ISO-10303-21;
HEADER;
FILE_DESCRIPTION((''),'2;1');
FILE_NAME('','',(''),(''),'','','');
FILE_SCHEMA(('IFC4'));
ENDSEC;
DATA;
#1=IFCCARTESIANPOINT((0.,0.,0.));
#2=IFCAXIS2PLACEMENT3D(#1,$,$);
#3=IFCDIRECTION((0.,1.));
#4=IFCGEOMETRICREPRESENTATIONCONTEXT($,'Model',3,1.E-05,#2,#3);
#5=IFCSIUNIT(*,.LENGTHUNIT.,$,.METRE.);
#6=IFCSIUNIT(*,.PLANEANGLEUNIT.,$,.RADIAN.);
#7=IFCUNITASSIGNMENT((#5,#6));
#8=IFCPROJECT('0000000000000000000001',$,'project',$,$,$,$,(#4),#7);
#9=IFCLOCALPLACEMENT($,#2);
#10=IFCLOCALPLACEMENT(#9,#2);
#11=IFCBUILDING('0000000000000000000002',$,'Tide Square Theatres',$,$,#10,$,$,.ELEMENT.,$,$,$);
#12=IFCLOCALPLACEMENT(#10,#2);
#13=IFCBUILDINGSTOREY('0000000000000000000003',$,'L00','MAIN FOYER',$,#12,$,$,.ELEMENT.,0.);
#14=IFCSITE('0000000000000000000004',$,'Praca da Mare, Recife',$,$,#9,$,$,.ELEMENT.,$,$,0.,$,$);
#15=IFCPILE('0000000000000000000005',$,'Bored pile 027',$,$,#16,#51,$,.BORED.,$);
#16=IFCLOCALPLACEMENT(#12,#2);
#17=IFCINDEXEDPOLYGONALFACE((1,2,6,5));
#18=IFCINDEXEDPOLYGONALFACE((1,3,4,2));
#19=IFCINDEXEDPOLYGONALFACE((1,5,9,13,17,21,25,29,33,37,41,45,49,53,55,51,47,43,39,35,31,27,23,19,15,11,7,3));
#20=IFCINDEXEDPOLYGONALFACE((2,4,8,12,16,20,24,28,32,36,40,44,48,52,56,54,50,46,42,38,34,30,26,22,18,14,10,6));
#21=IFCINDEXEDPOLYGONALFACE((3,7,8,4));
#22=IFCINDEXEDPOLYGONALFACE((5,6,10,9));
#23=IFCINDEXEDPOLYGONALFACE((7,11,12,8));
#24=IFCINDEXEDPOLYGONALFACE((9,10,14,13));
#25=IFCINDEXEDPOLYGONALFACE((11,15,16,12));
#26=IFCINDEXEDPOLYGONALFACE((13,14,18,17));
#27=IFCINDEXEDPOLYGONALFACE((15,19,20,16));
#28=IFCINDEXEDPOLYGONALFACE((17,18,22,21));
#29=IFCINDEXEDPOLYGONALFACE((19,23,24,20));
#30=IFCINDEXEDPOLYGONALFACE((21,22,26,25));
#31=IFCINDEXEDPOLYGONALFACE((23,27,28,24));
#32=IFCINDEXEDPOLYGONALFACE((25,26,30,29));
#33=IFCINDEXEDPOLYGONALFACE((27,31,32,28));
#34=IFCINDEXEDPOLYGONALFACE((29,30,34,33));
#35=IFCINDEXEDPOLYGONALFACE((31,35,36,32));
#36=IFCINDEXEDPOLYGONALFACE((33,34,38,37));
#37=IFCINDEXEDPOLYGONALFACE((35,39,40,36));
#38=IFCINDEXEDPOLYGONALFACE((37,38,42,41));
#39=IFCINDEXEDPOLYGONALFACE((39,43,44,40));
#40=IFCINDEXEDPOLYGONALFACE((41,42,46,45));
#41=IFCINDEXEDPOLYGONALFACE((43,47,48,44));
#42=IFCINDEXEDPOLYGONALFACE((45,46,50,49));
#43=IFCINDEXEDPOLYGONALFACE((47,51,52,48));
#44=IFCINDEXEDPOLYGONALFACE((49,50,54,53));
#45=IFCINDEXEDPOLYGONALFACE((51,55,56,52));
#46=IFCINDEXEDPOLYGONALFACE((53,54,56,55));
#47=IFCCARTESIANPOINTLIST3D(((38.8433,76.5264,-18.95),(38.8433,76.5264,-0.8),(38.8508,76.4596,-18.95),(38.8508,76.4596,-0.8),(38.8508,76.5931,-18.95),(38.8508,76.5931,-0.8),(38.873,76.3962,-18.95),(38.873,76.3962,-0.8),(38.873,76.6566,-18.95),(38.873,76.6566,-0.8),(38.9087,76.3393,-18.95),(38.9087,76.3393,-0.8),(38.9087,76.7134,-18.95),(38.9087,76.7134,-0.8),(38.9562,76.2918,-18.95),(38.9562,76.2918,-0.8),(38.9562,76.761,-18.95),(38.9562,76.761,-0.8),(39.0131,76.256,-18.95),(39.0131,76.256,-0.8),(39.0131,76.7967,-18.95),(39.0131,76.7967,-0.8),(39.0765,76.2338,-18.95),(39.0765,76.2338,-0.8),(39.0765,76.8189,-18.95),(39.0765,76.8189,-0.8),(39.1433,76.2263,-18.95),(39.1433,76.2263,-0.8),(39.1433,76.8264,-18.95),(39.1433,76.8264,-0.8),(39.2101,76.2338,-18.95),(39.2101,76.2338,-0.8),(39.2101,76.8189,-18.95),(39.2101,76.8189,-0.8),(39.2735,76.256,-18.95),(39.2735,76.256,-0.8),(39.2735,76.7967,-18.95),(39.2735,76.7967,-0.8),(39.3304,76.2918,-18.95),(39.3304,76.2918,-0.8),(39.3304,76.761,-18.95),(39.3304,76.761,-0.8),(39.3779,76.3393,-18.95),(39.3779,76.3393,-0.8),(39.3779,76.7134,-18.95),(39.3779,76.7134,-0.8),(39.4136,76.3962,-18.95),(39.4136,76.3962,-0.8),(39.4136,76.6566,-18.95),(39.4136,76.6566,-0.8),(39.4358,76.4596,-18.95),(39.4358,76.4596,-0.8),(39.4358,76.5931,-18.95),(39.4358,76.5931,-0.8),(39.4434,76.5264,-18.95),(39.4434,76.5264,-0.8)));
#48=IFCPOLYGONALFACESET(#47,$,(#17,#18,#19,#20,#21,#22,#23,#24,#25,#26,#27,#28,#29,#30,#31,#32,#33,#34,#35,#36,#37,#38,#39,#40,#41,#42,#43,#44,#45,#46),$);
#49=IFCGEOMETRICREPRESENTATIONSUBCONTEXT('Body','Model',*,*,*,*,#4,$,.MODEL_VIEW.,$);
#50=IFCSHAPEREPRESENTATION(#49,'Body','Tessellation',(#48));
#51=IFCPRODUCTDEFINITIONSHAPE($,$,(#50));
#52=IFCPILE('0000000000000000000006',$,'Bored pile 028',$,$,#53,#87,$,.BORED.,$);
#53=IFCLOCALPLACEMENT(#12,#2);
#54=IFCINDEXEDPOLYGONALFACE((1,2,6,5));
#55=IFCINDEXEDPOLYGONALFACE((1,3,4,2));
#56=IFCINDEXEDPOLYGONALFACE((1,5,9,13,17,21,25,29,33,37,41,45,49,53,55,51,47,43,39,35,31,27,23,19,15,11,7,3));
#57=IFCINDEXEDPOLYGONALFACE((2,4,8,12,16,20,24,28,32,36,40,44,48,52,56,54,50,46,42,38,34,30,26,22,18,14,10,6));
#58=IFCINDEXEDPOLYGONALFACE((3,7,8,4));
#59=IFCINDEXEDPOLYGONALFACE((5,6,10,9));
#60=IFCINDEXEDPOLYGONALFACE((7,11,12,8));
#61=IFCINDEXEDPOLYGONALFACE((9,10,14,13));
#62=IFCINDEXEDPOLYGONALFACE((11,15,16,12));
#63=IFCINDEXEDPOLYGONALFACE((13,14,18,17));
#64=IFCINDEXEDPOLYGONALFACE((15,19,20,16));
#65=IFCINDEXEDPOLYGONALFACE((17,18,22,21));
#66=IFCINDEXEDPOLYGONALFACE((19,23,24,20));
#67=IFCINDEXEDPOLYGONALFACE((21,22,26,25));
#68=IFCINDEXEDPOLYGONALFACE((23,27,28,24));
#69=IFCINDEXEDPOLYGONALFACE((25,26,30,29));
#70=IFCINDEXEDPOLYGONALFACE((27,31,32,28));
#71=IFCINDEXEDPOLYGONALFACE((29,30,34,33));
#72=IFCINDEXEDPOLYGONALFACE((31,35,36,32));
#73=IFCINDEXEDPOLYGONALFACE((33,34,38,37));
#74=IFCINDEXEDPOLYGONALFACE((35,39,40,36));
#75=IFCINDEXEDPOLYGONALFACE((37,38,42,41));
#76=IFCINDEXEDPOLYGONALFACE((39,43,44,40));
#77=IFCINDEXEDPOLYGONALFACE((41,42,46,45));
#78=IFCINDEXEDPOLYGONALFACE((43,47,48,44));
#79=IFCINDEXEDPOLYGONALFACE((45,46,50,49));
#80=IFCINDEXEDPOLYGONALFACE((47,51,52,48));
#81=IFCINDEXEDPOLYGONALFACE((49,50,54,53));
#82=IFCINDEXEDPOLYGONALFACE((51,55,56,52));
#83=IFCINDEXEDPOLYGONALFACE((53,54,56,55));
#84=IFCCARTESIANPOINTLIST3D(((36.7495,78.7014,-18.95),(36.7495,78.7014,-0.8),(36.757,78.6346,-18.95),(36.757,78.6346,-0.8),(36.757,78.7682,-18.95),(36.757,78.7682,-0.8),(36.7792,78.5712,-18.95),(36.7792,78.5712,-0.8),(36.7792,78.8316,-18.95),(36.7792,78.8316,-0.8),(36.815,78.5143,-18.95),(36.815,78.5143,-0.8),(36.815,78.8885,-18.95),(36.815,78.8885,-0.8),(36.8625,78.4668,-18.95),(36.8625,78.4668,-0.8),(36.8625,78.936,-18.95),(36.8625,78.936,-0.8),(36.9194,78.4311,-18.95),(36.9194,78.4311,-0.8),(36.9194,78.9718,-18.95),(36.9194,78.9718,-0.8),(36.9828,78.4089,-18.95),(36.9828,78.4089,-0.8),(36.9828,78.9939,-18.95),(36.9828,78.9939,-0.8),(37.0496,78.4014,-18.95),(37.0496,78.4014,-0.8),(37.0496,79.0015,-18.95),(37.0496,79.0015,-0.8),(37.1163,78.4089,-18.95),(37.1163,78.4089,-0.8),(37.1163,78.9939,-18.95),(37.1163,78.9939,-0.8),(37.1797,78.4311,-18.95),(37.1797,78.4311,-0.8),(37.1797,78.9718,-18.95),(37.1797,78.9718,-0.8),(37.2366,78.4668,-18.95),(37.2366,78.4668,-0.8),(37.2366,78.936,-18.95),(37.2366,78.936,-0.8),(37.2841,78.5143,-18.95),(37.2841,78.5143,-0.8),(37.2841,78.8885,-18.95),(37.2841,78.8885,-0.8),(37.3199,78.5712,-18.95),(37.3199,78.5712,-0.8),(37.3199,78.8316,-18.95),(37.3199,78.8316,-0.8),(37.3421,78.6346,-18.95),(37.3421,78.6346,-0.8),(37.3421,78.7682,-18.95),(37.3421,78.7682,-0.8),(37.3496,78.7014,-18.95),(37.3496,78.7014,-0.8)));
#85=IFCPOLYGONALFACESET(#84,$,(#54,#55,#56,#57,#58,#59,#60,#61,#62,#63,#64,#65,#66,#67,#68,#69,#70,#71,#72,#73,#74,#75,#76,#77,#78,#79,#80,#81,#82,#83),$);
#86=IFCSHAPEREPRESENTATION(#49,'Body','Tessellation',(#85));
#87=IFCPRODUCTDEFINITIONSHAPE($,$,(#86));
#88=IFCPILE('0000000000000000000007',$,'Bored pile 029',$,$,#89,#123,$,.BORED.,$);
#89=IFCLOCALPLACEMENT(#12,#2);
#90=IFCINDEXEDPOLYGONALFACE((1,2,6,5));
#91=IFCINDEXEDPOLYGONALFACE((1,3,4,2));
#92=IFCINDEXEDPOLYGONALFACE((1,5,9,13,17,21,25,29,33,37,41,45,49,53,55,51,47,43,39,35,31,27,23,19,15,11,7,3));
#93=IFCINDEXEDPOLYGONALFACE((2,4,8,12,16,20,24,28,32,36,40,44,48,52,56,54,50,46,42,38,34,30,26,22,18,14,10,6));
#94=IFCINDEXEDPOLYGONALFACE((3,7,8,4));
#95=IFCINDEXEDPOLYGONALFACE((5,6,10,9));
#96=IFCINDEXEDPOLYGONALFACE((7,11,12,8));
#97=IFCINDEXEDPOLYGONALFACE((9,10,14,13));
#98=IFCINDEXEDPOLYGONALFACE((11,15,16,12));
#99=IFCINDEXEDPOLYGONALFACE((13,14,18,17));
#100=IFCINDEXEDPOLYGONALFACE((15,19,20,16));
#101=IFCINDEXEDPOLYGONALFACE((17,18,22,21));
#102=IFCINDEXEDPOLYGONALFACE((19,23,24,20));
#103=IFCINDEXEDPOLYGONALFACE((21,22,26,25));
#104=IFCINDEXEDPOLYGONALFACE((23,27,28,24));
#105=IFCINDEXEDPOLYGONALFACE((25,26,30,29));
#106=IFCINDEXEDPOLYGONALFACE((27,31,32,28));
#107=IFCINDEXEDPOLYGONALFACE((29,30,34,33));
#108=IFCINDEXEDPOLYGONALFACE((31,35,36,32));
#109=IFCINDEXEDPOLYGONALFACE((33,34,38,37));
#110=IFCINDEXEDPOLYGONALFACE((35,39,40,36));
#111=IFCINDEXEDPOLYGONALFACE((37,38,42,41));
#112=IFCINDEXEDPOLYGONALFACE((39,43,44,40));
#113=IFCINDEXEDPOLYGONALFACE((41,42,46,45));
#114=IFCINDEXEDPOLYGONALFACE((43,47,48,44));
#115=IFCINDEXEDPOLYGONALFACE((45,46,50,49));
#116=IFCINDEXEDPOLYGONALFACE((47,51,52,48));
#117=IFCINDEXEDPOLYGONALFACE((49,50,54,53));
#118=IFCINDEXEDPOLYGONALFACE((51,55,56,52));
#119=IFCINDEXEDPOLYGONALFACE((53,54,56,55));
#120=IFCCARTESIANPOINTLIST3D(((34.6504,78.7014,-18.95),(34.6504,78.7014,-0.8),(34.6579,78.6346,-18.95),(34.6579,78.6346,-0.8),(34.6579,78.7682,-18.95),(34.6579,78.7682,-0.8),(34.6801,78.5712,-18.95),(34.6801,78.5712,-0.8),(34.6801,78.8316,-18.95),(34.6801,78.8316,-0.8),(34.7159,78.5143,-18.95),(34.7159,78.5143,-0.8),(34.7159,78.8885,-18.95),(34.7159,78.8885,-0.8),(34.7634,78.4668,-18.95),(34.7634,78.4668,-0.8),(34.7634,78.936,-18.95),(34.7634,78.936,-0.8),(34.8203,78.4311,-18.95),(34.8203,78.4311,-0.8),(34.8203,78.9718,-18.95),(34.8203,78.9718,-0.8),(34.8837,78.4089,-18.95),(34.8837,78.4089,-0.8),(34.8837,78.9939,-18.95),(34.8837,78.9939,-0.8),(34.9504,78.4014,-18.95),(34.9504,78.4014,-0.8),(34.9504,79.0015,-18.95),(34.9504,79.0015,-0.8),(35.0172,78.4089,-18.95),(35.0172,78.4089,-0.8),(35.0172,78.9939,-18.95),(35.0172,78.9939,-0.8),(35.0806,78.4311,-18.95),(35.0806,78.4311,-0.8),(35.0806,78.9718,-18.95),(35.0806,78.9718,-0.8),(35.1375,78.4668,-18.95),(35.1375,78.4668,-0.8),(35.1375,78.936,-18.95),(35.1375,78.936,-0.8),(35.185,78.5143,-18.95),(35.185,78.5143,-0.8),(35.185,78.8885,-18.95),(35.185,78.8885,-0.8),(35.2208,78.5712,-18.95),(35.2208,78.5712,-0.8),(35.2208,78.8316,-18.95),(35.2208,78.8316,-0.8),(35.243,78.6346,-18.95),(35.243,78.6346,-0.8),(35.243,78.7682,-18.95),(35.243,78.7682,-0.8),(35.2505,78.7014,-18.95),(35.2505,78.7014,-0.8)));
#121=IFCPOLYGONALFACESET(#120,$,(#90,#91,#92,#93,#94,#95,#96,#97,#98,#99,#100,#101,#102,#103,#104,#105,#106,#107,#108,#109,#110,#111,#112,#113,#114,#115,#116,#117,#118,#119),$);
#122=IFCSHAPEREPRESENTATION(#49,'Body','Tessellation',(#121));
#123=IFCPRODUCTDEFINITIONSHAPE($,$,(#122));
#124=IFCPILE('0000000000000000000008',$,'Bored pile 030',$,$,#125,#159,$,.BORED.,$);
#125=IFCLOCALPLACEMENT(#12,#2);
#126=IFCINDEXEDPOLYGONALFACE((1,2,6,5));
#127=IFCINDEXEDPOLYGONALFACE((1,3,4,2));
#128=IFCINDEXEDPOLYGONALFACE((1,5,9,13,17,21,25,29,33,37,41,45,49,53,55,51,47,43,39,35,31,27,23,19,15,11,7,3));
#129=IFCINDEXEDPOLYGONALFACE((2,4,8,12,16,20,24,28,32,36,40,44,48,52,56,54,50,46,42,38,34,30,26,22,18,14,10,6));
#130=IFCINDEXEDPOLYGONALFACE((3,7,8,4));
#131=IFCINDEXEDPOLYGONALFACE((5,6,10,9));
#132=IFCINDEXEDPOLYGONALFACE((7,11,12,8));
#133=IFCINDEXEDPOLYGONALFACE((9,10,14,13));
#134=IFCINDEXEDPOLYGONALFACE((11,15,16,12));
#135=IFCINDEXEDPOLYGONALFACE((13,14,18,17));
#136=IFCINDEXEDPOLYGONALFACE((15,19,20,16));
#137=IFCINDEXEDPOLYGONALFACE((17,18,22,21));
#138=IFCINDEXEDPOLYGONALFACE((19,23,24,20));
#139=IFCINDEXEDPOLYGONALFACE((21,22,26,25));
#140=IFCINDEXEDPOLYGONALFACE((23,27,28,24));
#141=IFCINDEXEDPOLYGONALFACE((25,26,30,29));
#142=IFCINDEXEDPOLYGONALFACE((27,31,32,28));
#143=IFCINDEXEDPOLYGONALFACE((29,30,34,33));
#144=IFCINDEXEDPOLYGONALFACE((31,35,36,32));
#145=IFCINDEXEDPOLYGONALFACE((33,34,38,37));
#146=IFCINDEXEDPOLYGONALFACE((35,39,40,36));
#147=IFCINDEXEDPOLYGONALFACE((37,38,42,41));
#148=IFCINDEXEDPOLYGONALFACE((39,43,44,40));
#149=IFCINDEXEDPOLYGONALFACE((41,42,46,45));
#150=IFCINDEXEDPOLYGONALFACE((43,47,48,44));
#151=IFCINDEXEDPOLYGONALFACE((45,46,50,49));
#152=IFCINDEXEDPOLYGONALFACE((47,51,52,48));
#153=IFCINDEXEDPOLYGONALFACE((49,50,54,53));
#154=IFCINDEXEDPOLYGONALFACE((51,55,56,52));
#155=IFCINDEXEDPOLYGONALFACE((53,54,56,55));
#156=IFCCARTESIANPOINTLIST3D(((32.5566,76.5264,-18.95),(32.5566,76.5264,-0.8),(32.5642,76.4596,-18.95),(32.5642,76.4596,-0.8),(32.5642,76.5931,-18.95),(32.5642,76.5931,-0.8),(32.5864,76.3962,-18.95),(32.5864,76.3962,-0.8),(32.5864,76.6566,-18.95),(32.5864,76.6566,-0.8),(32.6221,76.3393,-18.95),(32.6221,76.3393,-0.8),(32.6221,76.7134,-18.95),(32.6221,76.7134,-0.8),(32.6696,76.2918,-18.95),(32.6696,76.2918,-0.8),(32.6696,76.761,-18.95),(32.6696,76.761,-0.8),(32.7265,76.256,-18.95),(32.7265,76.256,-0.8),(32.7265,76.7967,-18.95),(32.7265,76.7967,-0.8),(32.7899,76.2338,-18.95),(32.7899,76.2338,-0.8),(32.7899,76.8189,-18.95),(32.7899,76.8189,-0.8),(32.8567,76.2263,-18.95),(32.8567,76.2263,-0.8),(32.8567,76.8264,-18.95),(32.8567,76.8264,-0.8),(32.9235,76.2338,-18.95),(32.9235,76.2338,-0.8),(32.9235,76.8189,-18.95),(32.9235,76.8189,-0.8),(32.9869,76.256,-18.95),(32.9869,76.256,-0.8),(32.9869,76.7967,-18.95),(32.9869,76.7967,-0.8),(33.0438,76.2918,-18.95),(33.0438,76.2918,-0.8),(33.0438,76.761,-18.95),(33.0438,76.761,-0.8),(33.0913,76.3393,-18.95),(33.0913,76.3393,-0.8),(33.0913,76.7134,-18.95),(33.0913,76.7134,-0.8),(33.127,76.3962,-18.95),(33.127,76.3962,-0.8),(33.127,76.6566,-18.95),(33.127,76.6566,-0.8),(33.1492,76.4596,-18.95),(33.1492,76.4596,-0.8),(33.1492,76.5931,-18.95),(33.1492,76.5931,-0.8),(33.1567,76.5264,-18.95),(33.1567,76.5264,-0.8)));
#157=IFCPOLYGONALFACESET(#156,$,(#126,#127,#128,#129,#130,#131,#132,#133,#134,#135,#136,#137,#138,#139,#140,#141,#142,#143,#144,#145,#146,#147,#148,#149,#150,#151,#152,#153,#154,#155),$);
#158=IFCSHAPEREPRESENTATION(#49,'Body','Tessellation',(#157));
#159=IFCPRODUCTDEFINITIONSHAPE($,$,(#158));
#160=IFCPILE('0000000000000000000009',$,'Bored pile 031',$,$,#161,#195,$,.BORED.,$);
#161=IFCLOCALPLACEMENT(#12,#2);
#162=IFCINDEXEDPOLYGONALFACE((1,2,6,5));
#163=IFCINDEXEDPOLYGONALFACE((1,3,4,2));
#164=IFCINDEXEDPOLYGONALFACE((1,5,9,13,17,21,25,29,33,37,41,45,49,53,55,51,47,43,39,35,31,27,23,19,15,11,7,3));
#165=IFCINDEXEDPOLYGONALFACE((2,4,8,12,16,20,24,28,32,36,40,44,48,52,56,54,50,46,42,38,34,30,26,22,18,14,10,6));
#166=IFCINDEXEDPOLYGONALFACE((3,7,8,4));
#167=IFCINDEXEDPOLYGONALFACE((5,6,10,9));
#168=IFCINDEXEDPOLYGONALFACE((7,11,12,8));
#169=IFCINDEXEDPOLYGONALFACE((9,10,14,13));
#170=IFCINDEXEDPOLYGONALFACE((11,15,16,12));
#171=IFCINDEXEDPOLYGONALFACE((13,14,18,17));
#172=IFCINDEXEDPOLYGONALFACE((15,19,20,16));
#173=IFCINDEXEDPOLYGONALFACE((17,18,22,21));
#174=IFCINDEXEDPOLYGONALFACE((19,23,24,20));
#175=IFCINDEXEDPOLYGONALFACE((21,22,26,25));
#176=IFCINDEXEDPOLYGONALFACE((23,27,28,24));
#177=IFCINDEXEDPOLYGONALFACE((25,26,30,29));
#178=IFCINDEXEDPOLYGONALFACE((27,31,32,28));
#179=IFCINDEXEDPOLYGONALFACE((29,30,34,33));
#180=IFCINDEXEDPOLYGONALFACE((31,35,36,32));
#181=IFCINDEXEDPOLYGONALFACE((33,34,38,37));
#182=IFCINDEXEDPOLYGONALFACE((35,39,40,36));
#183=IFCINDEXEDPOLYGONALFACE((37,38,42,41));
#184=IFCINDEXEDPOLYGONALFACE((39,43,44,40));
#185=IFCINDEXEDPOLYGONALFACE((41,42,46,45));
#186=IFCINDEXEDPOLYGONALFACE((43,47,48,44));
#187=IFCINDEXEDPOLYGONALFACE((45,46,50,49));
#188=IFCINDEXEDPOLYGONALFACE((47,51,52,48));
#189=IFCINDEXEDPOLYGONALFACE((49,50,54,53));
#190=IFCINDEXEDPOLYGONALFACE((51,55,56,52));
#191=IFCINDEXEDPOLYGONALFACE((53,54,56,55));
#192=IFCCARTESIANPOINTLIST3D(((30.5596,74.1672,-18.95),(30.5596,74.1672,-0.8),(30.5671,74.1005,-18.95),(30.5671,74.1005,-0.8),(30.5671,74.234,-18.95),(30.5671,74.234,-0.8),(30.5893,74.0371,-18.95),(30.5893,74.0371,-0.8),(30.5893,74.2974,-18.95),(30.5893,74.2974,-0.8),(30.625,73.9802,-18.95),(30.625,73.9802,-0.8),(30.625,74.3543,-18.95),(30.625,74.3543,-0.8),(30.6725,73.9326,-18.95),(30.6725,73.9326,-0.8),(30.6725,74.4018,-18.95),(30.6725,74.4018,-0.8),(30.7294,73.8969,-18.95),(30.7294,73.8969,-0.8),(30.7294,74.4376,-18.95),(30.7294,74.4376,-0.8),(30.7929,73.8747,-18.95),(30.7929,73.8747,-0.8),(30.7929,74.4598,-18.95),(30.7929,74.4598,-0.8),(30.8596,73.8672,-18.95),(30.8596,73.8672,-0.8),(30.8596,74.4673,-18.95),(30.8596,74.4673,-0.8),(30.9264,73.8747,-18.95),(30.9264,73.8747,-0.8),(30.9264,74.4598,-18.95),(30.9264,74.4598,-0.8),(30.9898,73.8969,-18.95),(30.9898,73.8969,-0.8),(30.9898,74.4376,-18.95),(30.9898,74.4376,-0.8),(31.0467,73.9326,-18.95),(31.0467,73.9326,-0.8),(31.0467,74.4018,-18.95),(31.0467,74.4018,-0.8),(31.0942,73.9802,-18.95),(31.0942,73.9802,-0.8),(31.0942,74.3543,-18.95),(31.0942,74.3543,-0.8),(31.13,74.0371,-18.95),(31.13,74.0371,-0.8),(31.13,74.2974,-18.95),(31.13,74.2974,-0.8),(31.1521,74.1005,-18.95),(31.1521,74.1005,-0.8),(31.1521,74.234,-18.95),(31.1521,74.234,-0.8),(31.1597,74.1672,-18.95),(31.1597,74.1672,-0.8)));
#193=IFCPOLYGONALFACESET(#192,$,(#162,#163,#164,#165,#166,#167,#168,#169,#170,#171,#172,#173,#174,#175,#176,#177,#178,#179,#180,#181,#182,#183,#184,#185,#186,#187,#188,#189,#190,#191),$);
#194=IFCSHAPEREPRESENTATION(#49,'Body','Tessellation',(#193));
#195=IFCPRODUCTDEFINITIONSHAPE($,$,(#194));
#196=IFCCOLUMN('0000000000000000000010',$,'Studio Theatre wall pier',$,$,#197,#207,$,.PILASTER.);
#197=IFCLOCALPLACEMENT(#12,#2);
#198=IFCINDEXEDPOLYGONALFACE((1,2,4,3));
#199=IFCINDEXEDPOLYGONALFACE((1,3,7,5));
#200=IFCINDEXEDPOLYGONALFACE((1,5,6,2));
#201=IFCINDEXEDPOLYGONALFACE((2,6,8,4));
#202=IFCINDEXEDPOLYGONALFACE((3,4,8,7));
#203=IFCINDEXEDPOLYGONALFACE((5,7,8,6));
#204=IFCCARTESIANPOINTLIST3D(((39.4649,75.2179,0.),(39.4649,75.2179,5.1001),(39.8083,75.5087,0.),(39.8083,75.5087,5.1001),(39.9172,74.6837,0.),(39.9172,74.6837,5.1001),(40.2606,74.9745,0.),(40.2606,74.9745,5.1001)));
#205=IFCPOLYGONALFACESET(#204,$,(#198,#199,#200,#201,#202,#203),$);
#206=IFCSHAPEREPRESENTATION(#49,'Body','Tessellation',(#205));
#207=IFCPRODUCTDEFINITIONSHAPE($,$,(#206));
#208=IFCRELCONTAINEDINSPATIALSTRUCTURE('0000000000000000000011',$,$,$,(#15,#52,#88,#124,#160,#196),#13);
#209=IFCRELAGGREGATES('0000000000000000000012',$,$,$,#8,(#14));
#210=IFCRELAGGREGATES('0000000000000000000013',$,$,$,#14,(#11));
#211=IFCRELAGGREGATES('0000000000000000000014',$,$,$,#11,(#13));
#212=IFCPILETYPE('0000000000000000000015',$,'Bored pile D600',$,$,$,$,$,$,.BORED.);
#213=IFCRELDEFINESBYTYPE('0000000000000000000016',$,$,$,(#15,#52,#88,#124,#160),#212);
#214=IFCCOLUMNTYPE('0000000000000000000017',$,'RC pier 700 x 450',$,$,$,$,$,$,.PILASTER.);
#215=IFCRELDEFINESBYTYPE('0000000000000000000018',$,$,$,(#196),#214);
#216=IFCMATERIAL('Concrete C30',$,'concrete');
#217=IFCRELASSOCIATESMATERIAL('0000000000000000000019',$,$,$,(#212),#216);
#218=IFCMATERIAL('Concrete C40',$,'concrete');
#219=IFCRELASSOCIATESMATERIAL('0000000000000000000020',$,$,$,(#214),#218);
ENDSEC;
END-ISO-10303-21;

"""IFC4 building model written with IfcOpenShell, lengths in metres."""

from ifc_helpers import new_model, si_unit, direction, frame, origin, origin_2d, place, context, subcontext, project, spatial, rectangle, circle, extrude, material, material_profile, profile_set, type_object, element, save


model = new_model("IFC4")

# Units and contexts
model_context = context("Model", 3, precision=1e-05, world=origin(), true_north=direction((0.0, 1.0)))
body_context = subcontext(model_context, "Body", "Model", "MODEL_VIEW")
ifc_project = project(units=[si_unit("LENGTHUNIT", "METRE"), si_unit("PLANEANGLEUNIT", "RADIAN")], contexts=[model_context])

# Site, building, storey
site_placement = place(None, origin())
site = spatial("IfcSite", under=ifc_project, at=site_placement, Name="Praca da Mare, Recife", CompositionType="ELEMENT", RefElevation=0.0)
building_placement = place(site_placement, origin())
building = spatial("IfcBuilding", under=site, at=building_placement, Name="Tide Square Theatres", CompositionType="ELEMENT")
storey_placement = place(building_placement, origin())
storey = spatial("IfcBuildingStorey", under=building, at=storey_placement, Name="L00", Description="MAIN FOYER", CompositionType="ELEMENT", Elevation=0.0)

# Piles
ifc_material_1 = material(Name="Concrete C30", Category="concrete")
ifc_material_profile_1 = material_profile(ifc_material_1, circle(Radius=0.3, at=origin_2d()))
ifc_profile_set_1 = profile_set([ifc_material_profile_1], Name="Concrete C30")
pile_type_1 = type_object("IfcPileType", Name="Bored pile D600", PredefinedType="BORED", material=ifc_profile_set_1)
for number, where, z_axis, x_axis, name in (
    (1, (39.1433, 76.5264, -0.8), (0.0, 0.0, -1.0), (1.0, 0.0, 0.0), "Bored pile 027"),
    (2, (37.0496, 78.7014, -0.8), (0.0, 0.0, -1.0), (1.0, 0.0, 0.0), "Bored pile 028"),
    (3, (34.9504, 78.7014, -0.8), (0.0, 0.0, -1.0), (1.0, 0.0, 0.0), "Bored pile 029"),
    (4, (32.8567, 76.5264, -0.8), (0.0, 0.0, -1.0), (1.0, 0.0, 0.0), "Bored pile 030"),
    (5, (30.8596, 74.1672, -0.8), (0.0, 0.0, -1.0), (1.0, 0.0, 0.0), "Bored pile 031"),
):
    element("IfcPile", number, at=place(storey_placement, frame(where, z_axis=z_axis, x_axis=x_axis)), inside=storey, type_object=pile_type_1, Name=name, PredefinedType="BORED", context=body_context, shape_type="SweptSolid", body=[
        extrude(circle(Radius=0.3, at=origin_2d()), origin(), (0.0, 0.0, 1.0), 18.1499),
    ])

# Column
ifc_material_2 = material(Name="Concrete C40", Category="concrete")
ifc_material_profile_2 = material_profile(ifc_material_2, rectangle(XDim=0.7, YDim=0.45, at=origin_2d()))
ifc_profile_set_2 = profile_set([ifc_material_profile_2], Name="Concrete C40")
column_type_1 = type_object("IfcColumnType", Name="RC pier 700 x 450", PredefinedType="PILASTER", material=ifc_profile_set_2)
for number, where, z_axis, x_axis, name in (
    (6, (39.8628, 75.0962, 0.0), (0.0, 0.0, 1.0), (-0.646184, 0.763182, 0.0), "Studio Theatre wall pier"),
):
    element("IfcColumn", number, at=place(storey_placement, frame(where, z_axis=z_axis, x_axis=x_axis)), inside=storey, type_object=column_type_1, Name=name, PredefinedType="PILASTER", context=body_context, shape_type="SweptSolid", body=[
        extrude(rectangle(XDim=0.7, YDim=0.45, at=origin_2d()), origin(), (0.0, 0.0, 1.0), 5.1001),
    ])

save(model, "model.ifc")
